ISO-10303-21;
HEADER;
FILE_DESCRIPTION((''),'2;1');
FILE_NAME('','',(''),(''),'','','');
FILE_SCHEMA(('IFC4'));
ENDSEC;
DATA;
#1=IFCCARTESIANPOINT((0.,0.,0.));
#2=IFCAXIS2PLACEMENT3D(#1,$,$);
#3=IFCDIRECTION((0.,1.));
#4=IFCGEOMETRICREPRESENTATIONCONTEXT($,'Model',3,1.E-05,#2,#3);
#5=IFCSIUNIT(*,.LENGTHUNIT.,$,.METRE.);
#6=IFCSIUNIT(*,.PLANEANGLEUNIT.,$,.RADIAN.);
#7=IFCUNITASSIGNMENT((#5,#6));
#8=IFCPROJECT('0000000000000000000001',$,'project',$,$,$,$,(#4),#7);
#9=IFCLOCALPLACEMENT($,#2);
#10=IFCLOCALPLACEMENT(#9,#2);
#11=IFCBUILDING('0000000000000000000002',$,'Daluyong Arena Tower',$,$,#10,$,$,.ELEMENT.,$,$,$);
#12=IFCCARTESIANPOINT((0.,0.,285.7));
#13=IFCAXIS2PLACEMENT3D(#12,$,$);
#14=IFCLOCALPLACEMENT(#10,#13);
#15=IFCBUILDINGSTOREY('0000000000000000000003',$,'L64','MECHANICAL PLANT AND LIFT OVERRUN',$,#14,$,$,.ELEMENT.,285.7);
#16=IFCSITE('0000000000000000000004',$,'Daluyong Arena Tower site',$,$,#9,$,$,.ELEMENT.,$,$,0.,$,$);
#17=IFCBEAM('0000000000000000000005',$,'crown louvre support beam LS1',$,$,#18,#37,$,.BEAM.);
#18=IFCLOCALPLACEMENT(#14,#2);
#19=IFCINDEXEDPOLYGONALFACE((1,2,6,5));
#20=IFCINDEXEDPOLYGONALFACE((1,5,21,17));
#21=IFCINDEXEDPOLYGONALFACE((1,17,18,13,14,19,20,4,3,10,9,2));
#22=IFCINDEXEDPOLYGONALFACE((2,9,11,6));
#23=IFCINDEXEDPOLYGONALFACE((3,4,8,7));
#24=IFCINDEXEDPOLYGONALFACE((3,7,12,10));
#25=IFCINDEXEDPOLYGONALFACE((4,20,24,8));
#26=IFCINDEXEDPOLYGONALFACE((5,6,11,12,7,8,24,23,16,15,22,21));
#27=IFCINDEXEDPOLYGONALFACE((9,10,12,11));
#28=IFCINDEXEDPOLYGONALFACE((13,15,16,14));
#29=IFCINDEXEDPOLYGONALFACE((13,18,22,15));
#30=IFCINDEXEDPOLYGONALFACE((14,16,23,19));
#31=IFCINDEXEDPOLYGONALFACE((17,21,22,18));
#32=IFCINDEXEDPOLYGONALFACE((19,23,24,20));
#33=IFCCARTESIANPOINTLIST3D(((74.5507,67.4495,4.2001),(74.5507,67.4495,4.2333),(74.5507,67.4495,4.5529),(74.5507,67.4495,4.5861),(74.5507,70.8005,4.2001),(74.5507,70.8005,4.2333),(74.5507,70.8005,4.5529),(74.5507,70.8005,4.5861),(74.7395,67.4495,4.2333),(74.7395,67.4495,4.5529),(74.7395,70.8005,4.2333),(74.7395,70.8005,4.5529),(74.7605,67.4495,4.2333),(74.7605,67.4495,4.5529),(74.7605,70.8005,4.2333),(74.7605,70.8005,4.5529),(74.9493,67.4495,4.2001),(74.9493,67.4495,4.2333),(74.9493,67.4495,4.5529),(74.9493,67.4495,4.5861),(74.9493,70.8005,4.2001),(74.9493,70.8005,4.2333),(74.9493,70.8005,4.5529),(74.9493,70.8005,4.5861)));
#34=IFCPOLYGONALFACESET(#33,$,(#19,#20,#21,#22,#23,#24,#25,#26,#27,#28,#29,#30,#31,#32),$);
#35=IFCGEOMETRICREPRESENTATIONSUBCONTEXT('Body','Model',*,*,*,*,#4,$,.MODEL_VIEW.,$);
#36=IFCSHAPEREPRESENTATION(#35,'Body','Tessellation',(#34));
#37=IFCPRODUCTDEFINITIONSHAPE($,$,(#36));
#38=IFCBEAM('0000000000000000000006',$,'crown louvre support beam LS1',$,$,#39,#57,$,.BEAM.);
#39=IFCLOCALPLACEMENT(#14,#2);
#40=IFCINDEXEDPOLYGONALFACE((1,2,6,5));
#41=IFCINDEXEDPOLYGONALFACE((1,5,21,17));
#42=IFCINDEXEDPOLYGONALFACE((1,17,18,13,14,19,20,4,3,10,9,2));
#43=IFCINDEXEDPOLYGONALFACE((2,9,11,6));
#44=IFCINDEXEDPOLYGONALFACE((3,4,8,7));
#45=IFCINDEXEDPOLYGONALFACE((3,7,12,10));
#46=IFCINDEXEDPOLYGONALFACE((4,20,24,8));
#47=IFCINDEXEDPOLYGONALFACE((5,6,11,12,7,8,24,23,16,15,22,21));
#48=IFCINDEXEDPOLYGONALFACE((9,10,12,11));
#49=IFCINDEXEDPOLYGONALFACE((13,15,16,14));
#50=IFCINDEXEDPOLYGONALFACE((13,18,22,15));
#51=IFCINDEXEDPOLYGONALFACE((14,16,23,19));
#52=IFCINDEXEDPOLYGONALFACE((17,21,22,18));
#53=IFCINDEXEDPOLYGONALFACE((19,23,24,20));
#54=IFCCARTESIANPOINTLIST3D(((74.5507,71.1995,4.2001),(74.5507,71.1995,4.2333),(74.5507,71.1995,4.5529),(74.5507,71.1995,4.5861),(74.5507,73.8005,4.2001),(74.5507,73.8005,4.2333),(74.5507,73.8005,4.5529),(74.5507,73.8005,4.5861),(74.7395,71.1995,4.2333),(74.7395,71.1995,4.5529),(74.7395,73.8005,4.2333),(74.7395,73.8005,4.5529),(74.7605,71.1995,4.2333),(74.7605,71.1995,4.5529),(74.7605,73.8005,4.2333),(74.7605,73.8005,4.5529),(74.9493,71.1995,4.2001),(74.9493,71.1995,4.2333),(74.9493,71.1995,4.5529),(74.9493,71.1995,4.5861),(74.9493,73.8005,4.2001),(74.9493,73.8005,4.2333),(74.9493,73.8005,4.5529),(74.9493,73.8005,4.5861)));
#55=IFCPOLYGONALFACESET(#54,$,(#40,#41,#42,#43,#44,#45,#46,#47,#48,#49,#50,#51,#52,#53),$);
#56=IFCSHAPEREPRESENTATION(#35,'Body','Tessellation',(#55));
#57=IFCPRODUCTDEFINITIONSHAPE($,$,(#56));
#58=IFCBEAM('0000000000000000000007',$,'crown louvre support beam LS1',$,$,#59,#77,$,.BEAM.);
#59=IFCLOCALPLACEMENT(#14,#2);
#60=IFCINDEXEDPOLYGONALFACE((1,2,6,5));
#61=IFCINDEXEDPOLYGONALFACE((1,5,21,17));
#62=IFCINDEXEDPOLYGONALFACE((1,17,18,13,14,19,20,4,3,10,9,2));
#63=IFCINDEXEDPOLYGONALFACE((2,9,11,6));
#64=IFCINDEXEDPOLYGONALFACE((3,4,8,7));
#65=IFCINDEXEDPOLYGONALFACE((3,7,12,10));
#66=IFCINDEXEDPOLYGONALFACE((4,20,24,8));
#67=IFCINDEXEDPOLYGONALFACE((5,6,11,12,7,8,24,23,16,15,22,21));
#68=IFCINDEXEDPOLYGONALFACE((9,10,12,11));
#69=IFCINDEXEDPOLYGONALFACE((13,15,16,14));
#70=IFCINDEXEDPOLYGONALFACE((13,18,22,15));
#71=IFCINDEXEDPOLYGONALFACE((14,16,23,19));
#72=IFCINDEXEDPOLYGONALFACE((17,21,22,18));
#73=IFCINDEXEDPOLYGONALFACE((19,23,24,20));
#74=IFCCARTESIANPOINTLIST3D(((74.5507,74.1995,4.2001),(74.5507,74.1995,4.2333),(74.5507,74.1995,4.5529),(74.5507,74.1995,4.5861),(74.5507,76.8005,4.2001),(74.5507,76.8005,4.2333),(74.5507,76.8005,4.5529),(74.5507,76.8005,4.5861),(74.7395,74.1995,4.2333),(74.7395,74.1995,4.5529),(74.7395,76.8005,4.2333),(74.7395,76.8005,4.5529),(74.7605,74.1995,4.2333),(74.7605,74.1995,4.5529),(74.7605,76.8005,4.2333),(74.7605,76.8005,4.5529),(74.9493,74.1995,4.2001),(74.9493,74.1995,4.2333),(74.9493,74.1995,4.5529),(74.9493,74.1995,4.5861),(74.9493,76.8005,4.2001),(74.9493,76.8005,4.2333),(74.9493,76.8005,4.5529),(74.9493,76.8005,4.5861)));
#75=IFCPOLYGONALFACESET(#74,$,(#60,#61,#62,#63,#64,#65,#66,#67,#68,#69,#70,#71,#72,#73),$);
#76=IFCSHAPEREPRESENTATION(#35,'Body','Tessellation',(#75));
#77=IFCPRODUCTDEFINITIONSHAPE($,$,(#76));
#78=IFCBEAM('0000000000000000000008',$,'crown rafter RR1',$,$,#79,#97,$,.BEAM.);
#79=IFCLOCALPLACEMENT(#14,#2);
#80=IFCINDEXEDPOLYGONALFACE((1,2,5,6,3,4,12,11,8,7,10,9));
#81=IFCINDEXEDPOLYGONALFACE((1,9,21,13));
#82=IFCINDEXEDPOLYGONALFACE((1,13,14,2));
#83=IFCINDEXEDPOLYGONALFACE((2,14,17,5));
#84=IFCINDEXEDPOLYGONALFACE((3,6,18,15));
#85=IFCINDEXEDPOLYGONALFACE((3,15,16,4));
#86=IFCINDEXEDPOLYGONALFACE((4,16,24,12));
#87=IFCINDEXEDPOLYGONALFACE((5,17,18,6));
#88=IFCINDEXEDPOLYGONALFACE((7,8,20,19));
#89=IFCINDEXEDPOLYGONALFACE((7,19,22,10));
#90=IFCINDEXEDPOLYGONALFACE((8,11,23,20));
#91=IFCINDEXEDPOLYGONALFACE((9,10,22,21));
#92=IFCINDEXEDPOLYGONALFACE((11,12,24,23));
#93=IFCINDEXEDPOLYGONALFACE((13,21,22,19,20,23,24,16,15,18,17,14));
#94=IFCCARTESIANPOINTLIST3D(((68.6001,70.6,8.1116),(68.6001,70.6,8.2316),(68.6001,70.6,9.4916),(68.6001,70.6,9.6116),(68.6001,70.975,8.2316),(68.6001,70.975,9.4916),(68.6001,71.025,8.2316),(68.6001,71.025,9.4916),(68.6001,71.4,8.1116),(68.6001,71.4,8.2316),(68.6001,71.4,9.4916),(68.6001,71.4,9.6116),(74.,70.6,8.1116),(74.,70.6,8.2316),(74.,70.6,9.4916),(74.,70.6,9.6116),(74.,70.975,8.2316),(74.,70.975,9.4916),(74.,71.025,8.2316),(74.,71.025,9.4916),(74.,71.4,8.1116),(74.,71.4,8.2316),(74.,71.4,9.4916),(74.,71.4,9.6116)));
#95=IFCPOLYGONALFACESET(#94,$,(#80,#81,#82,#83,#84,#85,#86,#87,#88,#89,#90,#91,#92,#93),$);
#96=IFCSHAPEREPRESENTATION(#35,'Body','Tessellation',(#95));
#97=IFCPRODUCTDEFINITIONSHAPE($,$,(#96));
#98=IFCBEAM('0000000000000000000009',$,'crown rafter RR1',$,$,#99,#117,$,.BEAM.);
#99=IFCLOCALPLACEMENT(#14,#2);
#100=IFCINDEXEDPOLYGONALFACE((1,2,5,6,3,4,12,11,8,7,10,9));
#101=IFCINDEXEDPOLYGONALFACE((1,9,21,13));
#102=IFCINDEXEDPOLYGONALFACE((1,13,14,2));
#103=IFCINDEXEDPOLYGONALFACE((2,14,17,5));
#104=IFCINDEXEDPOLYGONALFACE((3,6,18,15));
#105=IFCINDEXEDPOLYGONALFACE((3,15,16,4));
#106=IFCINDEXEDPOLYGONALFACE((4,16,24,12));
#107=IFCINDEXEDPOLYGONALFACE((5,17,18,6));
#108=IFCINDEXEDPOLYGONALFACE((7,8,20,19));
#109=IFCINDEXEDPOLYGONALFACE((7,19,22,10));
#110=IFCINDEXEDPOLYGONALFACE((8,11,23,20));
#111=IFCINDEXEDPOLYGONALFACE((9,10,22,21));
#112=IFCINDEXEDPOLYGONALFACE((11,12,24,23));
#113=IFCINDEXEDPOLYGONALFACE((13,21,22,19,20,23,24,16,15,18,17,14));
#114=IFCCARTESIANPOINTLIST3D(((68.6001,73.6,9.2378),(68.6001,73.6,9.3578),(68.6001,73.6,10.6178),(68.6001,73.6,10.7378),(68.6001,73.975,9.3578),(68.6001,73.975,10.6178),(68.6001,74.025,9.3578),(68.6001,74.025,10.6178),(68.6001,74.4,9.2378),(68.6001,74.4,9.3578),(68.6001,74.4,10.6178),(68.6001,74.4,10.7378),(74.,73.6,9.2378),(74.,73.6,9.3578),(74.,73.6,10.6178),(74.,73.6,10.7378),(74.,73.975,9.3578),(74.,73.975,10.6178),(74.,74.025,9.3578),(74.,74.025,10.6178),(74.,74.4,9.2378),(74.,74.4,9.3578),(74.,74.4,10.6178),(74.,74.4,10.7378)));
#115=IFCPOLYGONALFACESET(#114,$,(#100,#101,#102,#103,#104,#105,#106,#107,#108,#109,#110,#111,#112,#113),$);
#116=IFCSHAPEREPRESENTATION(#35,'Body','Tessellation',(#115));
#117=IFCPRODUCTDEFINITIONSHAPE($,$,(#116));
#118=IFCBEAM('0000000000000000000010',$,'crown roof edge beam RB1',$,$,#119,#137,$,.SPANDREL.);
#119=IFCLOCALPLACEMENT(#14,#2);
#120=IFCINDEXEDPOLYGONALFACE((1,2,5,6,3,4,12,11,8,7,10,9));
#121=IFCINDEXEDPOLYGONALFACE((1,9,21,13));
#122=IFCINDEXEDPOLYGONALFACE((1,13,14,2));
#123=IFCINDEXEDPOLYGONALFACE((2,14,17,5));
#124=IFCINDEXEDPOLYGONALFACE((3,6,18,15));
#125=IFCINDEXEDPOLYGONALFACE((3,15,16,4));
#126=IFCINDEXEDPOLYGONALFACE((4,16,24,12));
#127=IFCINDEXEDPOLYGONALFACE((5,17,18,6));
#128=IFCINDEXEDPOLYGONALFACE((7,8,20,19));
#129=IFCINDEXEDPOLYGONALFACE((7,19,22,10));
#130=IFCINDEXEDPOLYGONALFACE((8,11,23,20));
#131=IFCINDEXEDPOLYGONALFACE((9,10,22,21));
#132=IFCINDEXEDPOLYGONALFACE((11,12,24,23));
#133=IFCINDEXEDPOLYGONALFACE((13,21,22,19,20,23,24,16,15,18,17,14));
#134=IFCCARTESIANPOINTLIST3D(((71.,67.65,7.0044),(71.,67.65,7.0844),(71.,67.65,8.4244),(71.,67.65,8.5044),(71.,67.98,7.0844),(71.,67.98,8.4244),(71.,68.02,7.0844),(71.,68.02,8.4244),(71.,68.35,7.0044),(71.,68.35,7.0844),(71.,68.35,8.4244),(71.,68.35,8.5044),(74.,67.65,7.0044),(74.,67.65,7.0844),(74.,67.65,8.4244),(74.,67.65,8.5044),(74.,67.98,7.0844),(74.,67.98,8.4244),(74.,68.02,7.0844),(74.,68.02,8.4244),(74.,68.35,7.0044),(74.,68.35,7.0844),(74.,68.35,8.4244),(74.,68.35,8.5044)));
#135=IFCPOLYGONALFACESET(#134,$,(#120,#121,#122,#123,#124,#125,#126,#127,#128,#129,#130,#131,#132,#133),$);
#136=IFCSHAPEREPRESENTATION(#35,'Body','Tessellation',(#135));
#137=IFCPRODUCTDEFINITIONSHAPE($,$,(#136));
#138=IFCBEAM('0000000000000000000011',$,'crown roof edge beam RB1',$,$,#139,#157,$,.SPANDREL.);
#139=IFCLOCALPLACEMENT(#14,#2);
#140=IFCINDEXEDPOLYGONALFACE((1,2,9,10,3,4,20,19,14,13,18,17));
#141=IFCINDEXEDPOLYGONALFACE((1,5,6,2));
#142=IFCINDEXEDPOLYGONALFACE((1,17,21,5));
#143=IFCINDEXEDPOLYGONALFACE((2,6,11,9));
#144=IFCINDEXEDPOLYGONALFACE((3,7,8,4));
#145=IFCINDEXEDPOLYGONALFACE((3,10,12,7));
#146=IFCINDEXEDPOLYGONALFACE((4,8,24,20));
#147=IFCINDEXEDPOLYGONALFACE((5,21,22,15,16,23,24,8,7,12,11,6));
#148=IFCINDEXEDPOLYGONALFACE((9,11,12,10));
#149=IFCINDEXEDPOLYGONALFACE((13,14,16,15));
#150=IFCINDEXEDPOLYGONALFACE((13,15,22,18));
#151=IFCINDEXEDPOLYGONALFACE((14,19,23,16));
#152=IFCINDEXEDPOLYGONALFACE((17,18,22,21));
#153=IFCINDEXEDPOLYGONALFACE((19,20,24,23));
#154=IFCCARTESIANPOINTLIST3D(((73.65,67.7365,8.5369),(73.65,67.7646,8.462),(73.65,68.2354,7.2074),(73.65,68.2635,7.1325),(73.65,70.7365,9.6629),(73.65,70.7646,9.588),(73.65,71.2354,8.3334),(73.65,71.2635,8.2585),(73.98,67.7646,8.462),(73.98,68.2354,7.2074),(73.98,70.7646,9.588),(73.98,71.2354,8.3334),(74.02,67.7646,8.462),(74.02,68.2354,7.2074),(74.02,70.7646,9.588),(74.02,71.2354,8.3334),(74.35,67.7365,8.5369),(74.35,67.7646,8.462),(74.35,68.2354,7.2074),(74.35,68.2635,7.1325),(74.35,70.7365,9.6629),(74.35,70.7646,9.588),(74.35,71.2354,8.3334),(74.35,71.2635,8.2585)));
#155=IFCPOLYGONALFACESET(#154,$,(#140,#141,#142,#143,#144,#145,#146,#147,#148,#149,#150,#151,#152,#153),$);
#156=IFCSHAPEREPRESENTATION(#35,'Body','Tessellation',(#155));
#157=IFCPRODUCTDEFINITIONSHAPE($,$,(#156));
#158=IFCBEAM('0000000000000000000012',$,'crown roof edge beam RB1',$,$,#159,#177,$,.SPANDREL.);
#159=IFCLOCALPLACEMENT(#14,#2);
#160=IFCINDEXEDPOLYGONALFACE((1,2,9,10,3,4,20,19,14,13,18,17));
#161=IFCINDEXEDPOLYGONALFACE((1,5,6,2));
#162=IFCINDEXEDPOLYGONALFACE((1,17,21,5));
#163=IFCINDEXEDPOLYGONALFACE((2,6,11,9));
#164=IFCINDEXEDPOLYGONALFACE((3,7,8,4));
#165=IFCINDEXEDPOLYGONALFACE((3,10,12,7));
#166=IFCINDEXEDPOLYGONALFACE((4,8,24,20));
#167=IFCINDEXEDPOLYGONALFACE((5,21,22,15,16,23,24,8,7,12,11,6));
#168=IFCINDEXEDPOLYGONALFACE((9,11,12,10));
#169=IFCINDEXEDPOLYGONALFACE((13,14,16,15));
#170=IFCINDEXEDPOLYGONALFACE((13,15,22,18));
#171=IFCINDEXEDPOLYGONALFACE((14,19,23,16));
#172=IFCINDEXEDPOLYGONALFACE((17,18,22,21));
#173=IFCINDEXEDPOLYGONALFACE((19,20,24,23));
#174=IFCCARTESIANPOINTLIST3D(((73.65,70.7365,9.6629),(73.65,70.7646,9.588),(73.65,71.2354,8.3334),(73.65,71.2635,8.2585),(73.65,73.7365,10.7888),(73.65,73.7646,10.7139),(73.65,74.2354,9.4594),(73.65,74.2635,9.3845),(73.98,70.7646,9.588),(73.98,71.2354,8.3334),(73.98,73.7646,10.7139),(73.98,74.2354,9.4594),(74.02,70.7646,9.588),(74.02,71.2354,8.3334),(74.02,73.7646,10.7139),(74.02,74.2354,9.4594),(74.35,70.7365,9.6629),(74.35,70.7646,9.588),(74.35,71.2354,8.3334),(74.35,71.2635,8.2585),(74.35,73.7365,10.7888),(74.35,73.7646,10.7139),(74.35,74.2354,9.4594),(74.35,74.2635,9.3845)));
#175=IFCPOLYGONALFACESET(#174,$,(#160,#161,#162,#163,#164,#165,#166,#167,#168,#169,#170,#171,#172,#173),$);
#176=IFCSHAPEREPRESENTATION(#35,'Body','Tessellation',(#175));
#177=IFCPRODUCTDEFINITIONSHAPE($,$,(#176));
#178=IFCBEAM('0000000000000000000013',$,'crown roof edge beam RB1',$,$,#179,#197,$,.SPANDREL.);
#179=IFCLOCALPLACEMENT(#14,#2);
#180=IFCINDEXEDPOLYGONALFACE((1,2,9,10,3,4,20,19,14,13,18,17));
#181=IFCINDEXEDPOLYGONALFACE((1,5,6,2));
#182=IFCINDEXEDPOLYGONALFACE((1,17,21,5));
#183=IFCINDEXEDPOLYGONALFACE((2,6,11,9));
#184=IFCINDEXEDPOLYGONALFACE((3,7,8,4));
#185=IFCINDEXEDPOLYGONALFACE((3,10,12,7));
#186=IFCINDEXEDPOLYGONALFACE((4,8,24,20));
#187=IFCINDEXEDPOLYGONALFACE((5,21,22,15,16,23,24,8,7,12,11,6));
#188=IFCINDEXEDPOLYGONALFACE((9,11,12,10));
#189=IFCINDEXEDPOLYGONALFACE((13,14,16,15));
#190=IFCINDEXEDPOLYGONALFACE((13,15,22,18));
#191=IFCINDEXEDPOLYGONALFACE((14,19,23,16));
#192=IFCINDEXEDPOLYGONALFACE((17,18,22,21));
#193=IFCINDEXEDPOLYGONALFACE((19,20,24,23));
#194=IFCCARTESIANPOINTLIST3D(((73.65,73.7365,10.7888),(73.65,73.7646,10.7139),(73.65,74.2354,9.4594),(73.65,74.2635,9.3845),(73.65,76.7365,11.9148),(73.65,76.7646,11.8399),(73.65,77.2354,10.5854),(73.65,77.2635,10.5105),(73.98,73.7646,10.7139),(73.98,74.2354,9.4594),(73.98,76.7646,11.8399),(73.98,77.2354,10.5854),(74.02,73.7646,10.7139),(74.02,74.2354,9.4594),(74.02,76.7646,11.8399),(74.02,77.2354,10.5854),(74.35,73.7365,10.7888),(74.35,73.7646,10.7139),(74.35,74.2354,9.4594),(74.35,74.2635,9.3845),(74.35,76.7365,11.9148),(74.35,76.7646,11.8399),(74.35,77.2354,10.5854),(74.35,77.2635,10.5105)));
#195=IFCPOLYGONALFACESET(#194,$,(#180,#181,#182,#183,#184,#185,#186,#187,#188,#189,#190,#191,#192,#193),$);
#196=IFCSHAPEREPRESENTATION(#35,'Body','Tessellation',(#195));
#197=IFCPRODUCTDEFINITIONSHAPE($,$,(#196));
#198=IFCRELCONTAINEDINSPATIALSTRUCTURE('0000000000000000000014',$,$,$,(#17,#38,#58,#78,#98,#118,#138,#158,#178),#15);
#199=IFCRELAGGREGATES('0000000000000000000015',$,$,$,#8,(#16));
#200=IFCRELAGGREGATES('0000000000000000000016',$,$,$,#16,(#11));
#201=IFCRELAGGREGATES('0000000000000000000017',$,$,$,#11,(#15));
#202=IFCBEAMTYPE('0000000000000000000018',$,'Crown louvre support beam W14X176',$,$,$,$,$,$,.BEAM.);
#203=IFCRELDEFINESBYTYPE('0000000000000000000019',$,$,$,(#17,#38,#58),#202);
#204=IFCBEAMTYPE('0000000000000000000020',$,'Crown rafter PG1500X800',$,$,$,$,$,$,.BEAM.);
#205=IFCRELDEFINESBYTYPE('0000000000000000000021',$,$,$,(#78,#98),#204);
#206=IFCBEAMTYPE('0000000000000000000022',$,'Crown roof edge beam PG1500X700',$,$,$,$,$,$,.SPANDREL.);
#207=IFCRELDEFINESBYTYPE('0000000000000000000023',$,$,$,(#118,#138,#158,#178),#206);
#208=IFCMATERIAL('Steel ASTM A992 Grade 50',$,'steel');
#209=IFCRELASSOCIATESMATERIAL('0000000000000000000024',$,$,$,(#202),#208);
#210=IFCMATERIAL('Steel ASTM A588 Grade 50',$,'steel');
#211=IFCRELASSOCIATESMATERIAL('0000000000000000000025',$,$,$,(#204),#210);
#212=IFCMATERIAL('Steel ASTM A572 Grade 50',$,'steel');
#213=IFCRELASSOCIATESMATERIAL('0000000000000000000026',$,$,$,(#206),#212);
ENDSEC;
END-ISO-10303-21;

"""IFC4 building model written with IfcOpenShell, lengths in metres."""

from ifc_helpers import new_model, si_unit, direction, frame, origin, origin_2d, place, context, subcontext, project, spatial, i_section, extrude, material, material_profile, profile_set, type_object, element, save


model = new_model("IFC4")

# Units and contexts
model_context = context("Model", 3, precision=1e-05, world=origin(), true_north=direction((0.0, 1.0)))
body_context = subcontext(model_context, "Body", "Model", "MODEL_VIEW")
ifc_project = project(units=[si_unit("LENGTHUNIT", "METRE"), si_unit("PLANEANGLEUNIT", "RADIAN")], contexts=[model_context])

# Site, building, storey
site_placement = place(None, origin())
site = spatial("IfcSite", under=ifc_project, at=site_placement, Name="Daluyong Arena Tower site", CompositionType="ELEMENT", RefElevation=0.0)
building_placement = place(site_placement, origin())
building = spatial("IfcBuilding", under=site, at=building_placement, Name="Daluyong Arena Tower", CompositionType="ELEMENT")
storey_placement = place(building_placement, frame((0.0, 0.0, 285.7)))
storey = spatial("IfcBuildingStorey", under=building, at=storey_placement, Name="L64", Description="MECHANICAL PLANT AND LIFT OVERRUN", CompositionType="ELEMENT", Elevation=285.7)

# Beams
ifc_material_1 = material(Name="Steel ASTM A992 Grade 50", Category="steel")
ifc_material_profile_1 = material_profile(ifc_material_1, i_section(OverallWidth=0.3987, OverallDepth=0.386, WebThickness=0.021, FlangeThickness=0.0332, at=origin_2d()))
ifc_profile_set_1 = profile_set([ifc_material_profile_1], Name="Steel ASTM A992 Grade 50")
beam_type_1 = type_object("IfcBeamType", Name="Crown louvre support beam W14X176", PredefinedType="BEAM", material=ifc_profile_set_1)
beam_1_placement = place(storey_placement, frame((74.75, 67.4495, 4.3931), z_axis=(0.0, 1.0, 0.0), x_axis=(-1.0, 0.0, 0.0)))
element("IfcBeam", 1, at=beam_1_placement, inside=storey, type_object=beam_type_1, Name="crown louvre support beam LS1", PredefinedType="BEAM", context=body_context, shape_type="SweptSolid", body=[
    extrude(i_section(OverallWidth=0.3987, OverallDepth=0.386, WebThickness=0.021, FlangeThickness=0.0332, at=origin_2d()), origin(), (0.0, 0.0, 1.0), 3.3511),
])
for number, where, z_axis, x_axis, name in (
    (2, (74.75, 71.1995, 4.3931), (0.0, 1.0, 0.0), (-1.0, 0.0, 0.0), "crown louvre support beam LS1"),
    (3, (74.75, 74.1995, 4.3931), (0.0, 1.0, 0.0), (-1.0, 0.0, 0.0), "crown louvre support beam LS1"),
):
    element("IfcBeam", number, at=place(storey_placement, frame(where, z_axis=z_axis, x_axis=x_axis)), inside=storey, type_object=beam_type_1, Name=name, PredefinedType="BEAM", context=body_context, shape_type="SweptSolid", body=[
        extrude(i_section(OverallWidth=0.3987, OverallDepth=0.386, WebThickness=0.021, FlangeThickness=0.0332, at=origin_2d()), origin(), (0.0, 0.0, 1.0), 2.6011),
    ])
ifc_material_2 = material(Name="Steel ASTM A588 Grade 50", Category="steel")
ifc_material_profile_2 = material_profile(ifc_material_2, i_section(OverallWidth=0.8, OverallDepth=1.5, WebThickness=0.05, FlangeThickness=0.12, at=origin_2d()))
ifc_profile_set_2 = profile_set([ifc_material_profile_2], Name="Steel ASTM A588 Grade 50")
beam_type_2 = type_object("IfcBeamType", Name="Crown rafter PG1500X800", PredefinedType="BEAM", material=ifc_profile_set_2)
for number, where, z_axis, x_axis, name in (
    (4, (74.0, 71.0, 8.8616), (-1.0, 0.0, 0.0), (0.0, -1.0, 0.0), "crown rafter RR1"),
    (5, (74.0, 74.0, 9.9878), (-1.0, 0.0, 0.0), (0.0, -1.0, 0.0), "crown rafter RR1"),
):
    element("IfcBeam", number, at=place(storey_placement, frame(where, z_axis=z_axis, x_axis=x_axis)), inside=storey, type_object=beam_type_2, Name=name, PredefinedType="BEAM", context=body_context, shape_type="SweptSolid", body=[
        extrude(i_section(OverallWidth=0.8, OverallDepth=1.5, WebThickness=0.05, FlangeThickness=0.12, at=origin_2d()), origin(), (0.0, 0.0, 1.0), 5.3999),
    ])
ifc_material_3 = material(Name="Steel ASTM A572 Grade 50", Category="steel")
ifc_material_profile_3 = material_profile(ifc_material_3, i_section(OverallWidth=0.7, OverallDepth=1.5, WebThickness=0.04, FlangeThickness=0.08, at=origin_2d()))
ifc_profile_set_3 = profile_set([ifc_material_profile_3], Name="Steel ASTM A572 Grade 50")
beam_type_3 = type_object("IfcBeamType", Name="Crown roof edge beam PG1500X700", PredefinedType="SPANDREL", material=ifc_profile_set_3)
beam_2_placement = place(storey_placement, frame((71.0, 68.0, 7.7544), z_axis=(1.0, 0.0, 0.0), x_axis=(0.0, 1.0, 0.0)))
element("IfcBeam", 6, at=beam_2_placement, inside=storey, type_object=beam_type_3, Name="crown roof edge beam RB1", PredefinedType="SPANDREL", context=body_context, shape_type="SweptSolid", body=[
    extrude(i_section(OverallWidth=0.7, OverallDepth=1.5, WebThickness=0.04, FlangeThickness=0.08, at=origin_2d()), origin(), (0.0, 0.0, 1.0), 3.0),
])
for number, where, z_axis, x_axis, name in (
    (7, (74.0, 68.0, 7.8347), (0.0, 0.936229, 0.351391), (-1.0, 0.0, 0.0), "crown roof edge beam RB1"),
    (8, (74.0, 71.0, 8.9607), (0.0, 0.936229, 0.351391), (-1.0, 0.0, 0.0), "crown roof edge beam RB1"),
    (9, (74.0, 74.0, 10.0867), (0.0, 0.936229, 0.351391), (-1.0, 0.0, 0.0), "crown roof edge beam RB1"),
):
    element("IfcBeam", number, at=place(storey_placement, frame(where, z_axis=z_axis, x_axis=x_axis)), inside=storey, type_object=beam_type_3, Name=name, PredefinedType="SPANDREL", context=body_context, shape_type="SweptSolid", body=[
        extrude(i_section(OverallWidth=0.7, OverallDepth=1.5, WebThickness=0.04, FlangeThickness=0.08, at=origin_2d()), origin(), (0.0, 0.0, 1.0), 3.2043),
    ])

save(model, "model.ifc")
